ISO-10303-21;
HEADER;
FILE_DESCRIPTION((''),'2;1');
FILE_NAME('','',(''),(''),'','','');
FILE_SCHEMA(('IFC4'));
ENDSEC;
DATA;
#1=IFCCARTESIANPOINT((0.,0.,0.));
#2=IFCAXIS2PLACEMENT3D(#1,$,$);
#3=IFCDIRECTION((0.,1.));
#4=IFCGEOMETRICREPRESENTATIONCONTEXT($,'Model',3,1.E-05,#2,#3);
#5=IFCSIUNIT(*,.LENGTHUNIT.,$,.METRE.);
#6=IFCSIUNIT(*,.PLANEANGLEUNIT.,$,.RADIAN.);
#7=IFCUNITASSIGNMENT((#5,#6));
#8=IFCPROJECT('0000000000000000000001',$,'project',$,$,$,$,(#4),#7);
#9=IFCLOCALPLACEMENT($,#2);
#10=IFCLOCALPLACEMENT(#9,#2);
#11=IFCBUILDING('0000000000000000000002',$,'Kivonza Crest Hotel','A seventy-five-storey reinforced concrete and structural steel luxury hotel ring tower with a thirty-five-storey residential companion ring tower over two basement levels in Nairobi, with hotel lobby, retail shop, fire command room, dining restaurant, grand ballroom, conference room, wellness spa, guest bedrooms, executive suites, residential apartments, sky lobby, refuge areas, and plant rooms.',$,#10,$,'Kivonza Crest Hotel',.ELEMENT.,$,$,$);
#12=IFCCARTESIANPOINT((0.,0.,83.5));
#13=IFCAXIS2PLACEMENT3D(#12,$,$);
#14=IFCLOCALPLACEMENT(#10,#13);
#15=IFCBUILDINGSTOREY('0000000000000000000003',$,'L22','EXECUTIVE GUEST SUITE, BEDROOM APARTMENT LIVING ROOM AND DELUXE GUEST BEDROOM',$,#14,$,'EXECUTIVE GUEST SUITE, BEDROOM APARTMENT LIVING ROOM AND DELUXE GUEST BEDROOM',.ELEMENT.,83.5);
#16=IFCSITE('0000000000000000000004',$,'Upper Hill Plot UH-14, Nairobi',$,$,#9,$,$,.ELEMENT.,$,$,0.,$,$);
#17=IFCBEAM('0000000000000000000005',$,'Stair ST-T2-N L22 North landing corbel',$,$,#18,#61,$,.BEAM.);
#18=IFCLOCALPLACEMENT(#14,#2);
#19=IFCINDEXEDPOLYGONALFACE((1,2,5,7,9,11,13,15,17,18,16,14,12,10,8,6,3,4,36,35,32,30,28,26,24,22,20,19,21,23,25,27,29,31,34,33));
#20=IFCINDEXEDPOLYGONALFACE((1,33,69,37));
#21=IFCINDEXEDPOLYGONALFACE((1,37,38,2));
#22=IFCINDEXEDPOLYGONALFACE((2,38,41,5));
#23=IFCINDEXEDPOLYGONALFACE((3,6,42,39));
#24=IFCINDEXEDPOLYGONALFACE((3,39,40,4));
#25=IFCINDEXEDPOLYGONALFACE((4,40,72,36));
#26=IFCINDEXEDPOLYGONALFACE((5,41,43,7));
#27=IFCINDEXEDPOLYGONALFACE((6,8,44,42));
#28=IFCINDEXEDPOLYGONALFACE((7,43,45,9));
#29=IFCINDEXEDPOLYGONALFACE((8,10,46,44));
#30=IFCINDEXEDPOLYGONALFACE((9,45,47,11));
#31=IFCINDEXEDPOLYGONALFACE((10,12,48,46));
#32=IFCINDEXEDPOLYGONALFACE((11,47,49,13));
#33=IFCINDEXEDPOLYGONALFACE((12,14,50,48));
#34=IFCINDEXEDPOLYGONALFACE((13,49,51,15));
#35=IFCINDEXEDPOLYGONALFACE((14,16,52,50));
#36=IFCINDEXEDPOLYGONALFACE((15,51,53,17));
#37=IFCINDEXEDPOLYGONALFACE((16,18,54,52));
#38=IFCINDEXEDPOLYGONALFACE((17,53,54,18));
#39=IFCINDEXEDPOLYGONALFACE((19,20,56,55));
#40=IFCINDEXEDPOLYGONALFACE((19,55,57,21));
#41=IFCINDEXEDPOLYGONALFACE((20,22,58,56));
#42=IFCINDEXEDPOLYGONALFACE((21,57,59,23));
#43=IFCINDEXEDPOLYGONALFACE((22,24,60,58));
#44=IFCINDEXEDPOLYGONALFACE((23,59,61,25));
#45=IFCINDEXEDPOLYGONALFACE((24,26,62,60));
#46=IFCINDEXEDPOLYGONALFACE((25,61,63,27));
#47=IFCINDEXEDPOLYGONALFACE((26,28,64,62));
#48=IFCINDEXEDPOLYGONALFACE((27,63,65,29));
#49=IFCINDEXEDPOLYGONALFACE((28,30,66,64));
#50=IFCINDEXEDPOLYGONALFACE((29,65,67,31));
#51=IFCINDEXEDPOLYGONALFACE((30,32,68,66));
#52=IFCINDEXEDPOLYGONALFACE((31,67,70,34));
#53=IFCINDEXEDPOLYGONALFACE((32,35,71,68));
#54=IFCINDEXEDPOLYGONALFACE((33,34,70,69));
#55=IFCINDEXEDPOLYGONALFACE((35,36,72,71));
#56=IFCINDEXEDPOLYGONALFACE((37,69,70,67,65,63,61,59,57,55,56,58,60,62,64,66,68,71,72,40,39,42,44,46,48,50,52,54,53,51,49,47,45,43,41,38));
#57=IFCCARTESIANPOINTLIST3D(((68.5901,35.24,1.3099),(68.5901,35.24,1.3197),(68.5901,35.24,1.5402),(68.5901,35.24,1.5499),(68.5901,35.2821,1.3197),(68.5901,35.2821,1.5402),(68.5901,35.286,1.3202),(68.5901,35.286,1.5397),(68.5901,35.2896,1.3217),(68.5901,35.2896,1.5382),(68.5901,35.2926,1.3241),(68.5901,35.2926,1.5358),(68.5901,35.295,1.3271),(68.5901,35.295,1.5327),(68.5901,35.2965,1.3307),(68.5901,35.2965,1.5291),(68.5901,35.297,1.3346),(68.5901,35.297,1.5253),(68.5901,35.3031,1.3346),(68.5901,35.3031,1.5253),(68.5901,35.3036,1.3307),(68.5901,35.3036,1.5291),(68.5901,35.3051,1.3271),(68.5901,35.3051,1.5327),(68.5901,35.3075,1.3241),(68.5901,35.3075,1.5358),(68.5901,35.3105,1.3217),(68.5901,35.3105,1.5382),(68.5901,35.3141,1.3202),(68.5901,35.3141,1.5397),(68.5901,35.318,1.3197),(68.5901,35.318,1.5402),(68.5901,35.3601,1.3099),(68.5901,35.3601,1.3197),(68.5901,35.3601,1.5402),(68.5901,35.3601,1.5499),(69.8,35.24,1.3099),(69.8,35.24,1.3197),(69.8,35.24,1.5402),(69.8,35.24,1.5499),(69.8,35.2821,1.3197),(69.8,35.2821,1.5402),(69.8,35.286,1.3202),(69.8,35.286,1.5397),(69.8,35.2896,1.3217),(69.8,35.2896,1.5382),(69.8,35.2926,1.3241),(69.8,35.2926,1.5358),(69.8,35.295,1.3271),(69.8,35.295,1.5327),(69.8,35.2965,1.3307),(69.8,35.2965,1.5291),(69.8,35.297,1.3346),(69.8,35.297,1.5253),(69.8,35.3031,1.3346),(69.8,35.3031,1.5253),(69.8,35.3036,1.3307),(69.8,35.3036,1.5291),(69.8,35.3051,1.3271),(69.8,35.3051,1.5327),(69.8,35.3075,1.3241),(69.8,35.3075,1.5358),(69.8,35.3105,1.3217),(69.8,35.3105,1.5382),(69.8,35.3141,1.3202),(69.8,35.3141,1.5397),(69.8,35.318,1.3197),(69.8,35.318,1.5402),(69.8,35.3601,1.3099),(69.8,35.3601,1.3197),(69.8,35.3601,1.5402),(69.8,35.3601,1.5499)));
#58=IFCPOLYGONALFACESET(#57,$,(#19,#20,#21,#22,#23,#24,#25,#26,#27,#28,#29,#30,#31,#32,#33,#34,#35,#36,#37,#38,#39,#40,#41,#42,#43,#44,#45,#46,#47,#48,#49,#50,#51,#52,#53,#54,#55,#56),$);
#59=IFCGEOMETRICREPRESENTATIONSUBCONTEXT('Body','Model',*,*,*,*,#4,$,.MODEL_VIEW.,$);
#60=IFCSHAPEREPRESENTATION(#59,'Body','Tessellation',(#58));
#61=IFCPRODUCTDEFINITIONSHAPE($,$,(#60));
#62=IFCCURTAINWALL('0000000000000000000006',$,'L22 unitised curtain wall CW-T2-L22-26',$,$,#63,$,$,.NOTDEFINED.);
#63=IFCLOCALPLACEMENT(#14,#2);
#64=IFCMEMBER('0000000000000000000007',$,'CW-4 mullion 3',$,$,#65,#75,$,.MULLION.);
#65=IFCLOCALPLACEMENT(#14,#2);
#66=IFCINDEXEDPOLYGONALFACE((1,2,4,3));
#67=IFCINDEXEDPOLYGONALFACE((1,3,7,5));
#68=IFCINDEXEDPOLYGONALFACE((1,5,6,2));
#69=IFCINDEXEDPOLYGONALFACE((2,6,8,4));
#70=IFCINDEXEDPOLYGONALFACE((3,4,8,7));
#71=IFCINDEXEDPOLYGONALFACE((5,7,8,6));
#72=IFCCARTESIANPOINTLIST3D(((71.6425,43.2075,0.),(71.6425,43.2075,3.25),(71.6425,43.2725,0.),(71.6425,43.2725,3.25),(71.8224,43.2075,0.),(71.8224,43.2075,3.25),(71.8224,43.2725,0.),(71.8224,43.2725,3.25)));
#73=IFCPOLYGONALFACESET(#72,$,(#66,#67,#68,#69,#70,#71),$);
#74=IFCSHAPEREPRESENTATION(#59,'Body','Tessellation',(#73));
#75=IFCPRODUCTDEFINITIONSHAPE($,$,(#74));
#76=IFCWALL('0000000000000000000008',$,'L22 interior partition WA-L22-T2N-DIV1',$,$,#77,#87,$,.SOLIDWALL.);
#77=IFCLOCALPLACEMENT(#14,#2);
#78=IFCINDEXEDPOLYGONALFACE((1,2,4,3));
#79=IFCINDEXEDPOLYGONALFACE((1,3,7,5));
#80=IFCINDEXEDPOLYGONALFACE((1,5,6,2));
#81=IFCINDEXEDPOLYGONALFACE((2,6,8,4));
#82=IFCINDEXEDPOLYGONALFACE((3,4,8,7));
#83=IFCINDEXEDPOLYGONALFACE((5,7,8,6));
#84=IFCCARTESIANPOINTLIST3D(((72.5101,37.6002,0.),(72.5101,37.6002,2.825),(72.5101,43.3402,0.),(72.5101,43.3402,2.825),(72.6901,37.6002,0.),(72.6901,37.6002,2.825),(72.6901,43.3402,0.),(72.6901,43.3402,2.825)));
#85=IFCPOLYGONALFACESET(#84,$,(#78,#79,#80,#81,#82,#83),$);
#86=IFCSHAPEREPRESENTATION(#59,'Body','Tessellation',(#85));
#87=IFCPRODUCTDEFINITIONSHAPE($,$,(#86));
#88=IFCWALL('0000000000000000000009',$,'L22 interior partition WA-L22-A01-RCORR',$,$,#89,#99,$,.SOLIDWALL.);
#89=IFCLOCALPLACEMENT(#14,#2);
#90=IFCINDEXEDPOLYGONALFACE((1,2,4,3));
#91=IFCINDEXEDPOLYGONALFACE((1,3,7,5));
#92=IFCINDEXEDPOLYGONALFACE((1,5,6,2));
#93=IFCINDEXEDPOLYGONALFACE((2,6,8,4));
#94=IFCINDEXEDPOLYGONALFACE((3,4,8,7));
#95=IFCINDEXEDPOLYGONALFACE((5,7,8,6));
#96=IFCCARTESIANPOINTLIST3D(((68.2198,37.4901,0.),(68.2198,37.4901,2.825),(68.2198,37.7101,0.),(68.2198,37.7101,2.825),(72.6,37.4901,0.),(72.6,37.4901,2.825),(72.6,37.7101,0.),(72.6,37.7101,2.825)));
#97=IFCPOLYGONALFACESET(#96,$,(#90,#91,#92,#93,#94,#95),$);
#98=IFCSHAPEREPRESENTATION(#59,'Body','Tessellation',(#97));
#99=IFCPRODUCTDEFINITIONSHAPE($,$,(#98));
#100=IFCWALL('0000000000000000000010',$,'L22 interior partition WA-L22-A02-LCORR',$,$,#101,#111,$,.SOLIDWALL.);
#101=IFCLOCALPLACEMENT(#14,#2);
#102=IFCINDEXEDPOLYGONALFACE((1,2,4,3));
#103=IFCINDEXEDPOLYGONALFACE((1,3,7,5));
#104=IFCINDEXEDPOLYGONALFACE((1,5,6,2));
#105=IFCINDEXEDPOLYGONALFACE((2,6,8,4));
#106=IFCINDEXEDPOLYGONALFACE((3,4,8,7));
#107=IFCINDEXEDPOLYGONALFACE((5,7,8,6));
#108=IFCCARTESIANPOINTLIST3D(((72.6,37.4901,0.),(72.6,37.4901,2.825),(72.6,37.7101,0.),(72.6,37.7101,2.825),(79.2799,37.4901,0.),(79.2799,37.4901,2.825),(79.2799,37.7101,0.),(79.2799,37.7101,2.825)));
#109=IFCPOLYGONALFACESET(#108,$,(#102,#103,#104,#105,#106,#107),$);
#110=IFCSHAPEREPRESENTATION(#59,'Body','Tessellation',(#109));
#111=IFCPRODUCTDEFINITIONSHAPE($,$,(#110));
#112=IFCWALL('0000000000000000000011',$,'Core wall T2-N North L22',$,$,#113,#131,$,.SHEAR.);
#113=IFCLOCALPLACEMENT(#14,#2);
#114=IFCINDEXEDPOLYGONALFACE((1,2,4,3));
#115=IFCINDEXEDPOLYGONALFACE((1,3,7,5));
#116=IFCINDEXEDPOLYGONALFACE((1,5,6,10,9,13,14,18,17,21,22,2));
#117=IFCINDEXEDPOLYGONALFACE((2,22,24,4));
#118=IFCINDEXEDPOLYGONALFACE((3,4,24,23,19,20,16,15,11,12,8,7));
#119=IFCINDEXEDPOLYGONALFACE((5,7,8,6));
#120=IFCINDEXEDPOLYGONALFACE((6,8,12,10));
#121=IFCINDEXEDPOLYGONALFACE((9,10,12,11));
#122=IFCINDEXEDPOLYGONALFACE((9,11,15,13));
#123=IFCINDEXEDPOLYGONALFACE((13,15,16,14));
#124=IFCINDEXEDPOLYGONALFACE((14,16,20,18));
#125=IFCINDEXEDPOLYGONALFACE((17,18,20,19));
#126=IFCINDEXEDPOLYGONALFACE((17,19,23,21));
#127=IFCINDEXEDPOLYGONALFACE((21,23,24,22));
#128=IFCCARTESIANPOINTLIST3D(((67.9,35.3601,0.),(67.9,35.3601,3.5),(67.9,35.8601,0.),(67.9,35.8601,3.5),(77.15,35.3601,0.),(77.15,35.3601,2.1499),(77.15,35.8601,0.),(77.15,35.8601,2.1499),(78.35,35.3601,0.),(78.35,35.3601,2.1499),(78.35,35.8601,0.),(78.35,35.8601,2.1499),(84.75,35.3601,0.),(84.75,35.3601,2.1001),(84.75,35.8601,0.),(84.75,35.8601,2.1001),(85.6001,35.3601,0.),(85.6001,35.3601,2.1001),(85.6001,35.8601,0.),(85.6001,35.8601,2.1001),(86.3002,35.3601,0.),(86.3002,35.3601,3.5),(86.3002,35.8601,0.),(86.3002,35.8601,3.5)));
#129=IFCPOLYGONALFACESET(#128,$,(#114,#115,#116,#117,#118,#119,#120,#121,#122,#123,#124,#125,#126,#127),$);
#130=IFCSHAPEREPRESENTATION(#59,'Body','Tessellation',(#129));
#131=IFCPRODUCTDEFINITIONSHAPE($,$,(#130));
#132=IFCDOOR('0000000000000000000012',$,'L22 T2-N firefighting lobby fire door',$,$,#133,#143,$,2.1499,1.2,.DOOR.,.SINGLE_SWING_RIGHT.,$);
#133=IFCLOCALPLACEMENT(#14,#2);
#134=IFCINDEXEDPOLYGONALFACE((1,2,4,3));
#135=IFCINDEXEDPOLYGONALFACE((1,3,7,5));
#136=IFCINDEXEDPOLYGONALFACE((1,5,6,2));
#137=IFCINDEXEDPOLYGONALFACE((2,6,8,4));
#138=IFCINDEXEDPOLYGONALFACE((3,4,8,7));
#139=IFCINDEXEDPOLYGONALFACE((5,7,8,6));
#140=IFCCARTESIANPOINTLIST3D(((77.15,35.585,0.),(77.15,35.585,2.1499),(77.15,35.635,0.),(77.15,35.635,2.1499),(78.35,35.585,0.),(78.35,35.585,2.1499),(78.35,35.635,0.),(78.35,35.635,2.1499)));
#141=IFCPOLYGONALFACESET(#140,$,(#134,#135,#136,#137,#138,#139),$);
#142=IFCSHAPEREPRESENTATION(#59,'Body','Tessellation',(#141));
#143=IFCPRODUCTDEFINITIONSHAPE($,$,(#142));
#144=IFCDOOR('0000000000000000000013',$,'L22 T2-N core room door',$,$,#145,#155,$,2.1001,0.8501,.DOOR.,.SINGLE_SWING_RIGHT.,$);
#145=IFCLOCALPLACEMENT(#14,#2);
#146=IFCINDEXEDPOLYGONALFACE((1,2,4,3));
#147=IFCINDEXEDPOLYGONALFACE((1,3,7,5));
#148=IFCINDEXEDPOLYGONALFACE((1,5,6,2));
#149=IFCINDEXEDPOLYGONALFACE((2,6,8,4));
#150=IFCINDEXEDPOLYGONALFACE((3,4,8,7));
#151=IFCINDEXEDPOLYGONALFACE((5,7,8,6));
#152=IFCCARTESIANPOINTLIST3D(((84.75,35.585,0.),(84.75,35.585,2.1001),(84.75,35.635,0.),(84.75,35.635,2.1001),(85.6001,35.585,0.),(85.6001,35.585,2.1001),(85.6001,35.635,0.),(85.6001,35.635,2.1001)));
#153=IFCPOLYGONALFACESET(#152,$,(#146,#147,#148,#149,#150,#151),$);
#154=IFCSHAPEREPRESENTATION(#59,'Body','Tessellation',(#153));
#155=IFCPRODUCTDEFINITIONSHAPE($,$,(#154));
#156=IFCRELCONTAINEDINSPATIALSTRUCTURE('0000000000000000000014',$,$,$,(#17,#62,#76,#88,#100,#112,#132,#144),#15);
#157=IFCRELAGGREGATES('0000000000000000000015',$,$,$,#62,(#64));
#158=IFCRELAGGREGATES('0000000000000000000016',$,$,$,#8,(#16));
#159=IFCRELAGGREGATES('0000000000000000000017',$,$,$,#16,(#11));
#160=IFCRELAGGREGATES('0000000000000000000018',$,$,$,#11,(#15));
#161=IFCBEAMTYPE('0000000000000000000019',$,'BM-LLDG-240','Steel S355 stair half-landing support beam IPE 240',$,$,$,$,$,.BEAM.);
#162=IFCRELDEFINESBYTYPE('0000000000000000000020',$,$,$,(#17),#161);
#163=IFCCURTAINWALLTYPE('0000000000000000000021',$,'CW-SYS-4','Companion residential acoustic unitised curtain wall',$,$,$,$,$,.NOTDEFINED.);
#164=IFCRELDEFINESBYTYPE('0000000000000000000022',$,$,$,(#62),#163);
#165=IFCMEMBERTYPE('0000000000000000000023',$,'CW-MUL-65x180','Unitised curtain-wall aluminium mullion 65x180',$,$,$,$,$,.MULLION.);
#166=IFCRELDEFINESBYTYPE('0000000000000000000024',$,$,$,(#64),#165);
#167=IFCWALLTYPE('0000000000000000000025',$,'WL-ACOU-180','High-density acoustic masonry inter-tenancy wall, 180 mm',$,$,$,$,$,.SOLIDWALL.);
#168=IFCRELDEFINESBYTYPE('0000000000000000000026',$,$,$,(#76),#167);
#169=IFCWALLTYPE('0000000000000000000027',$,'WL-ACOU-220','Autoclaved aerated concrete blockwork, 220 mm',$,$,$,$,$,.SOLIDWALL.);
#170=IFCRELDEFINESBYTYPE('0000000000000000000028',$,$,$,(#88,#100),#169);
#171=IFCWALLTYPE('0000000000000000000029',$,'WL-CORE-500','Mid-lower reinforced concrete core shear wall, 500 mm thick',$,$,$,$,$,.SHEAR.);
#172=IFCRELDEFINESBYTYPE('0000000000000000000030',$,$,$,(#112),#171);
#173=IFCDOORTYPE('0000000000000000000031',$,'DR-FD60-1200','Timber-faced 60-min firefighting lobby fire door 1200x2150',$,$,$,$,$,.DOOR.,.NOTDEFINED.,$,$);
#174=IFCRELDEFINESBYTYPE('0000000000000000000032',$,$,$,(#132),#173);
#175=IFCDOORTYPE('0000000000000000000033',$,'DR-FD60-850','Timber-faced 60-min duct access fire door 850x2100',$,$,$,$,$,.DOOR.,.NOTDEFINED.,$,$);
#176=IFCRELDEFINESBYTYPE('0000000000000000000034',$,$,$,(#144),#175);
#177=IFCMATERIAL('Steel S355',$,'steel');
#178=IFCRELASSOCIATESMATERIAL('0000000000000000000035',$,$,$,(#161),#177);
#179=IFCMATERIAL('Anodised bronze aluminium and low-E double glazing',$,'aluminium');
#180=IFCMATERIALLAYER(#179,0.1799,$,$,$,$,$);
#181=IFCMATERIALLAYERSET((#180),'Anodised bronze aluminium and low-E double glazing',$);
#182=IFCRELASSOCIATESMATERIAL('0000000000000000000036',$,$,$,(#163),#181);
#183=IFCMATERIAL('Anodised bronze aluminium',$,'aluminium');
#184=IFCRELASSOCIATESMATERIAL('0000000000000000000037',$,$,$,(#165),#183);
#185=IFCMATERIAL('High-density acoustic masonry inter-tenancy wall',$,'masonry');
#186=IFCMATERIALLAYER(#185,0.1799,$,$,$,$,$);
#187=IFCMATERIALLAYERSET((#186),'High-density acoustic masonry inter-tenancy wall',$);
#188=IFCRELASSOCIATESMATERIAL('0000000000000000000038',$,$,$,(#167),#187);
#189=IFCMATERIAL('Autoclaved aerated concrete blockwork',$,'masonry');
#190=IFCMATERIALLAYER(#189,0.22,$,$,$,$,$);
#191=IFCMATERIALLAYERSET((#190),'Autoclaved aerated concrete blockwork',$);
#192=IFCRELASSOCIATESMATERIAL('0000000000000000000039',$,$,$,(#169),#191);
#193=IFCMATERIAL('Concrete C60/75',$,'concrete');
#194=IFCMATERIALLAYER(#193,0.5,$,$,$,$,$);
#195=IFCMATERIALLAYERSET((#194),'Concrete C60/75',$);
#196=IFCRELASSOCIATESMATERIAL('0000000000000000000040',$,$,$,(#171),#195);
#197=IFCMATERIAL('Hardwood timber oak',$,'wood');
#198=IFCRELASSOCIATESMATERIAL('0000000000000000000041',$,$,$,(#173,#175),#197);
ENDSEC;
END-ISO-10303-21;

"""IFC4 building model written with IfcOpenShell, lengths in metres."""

from ifc_helpers import new_model, si_unit, direction, frame, frame_2d, origin, origin_2d, place, context, subcontext, project, spatial, rectangle, i_section, extrude, material, layer, layer_set, material_profile, profile_set, type_object, element, fill, aggregate, save


model = new_model("IFC4")

# Units and contexts
model_context = context("Model", 3, precision=1e-05, world=origin(), true_north=direction((0.0, 1.0)))
body_context = subcontext(model_context, "Body", "Model", "MODEL_VIEW")
ifc_project = project(units=[si_unit("LENGTHUNIT", "METRE"), si_unit("PLANEANGLEUNIT", "RADIAN")], contexts=[model_context])

# Site, building, storey
site_placement = place(None, origin())
site = spatial("IfcSite", under=ifc_project, at=site_placement, Name="Upper Hill Plot UH-14, Nairobi", CompositionType="ELEMENT", RefElevation=0.0)
building_placement = place(site_placement, origin())
building = spatial("IfcBuilding", under=site, at=building_placement, Name="Kivonza Crest Hotel", Description="A seventy-five-storey reinforced concrete and structural steel luxury hotel ring tower with a thirty-five-storey residential companion ring tower over two basement levels in Nairobi, with hotel lobby, retail shop, fire command room, dining restaurant, grand ballroom, conference room, wellness spa, guest bedrooms, executive suites, residential apartments, sky lobby, refuge areas, and plant rooms.", LongName="Kivonza Crest Hotel", CompositionType="ELEMENT")
storey_placement = place(building_placement, frame((0.0, 0.0, 83.5)))
storey = spatial("IfcBuildingStorey", under=building, at=storey_placement, Name="L22", Description="EXECUTIVE GUEST SUITE, BEDROOM APARTMENT LIVING ROOM AND DELUXE GUEST BEDROOM", LongName="EXECUTIVE GUEST SUITE, BEDROOM APARTMENT LIVING ROOM AND DELUXE GUEST BEDROOM", CompositionType="ELEMENT", Elevation=83.5)

# Beam
ifc_material_1 = material(Name="Steel S355", Category="steel")
ifc_material_profile_1 = material_profile(ifc_material_1, i_section(OverallWidth=0.1201, OverallDepth=0.24, WebThickness=0.0061, FlangeThickness=0.0098, FilletRadius=0.0149, at=origin_2d()), Name="IPE 240")
ifc_profile_set_1 = profile_set([ifc_material_profile_1], Name="Steel S355")
beam_type_1 = type_object("IfcBeamType", Name="BM-LLDG-240", Description="Steel S355 stair half-landing support beam IPE 240", PredefinedType="BEAM", material=ifc_profile_set_1)
beam_1_placement = place(storey_placement, frame((68.5901, 35.3, 1.4299), z_axis=(1.0, 0.0, 0.0), x_axis=(0.0, 1.0, 0.0)))
element("IfcBeam", 1, at=beam_1_placement, inside=storey, type_object=beam_type_1, Name="Stair ST-T2-N L22 North landing corbel", PredefinedType="BEAM", context=body_context, shape_type="SweptSolid", body=[
    extrude(i_section(OverallWidth=0.1201, OverallDepth=0.24, WebThickness=0.0061, FlangeThickness=0.0098, FilletRadius=0.0149, at=origin_2d()), origin(), (0.0, 0.0, 1.0), 1.21),
])

# Curtain wall, member
ifc_material_2 = material(Name="Anodised bronze aluminium and low-E double glazing", Category="aluminium")
ifc_layer_1 = layer(ifc_material_2, 0.1799)
ifc_layer_set_1 = layer_set([ifc_layer_1], Name="Anodised bronze aluminium and low-E double glazing")
curtain_wall_type = type_object("IfcCurtainWallType", Name="CW-SYS-4", Description="Companion residential acoustic unitised curtain wall", PredefinedType="NOTDEFINED", material=ifc_layer_set_1)
curtain_wall_placement = place(storey_placement, origin())
curtain_wall = element("IfcCurtainWall", 2, at=curtain_wall_placement, inside=storey, type_object=curtain_wall_type, Name="L22 unitised curtain wall CW-T2-L22-26", PredefinedType="NOTDEFINED")
ifc_material_3 = material(Name="Anodised bronze aluminium", Category="aluminium")
ifc_material_profile_2 = material_profile(ifc_material_3, rectangle(XDim=0.0649, YDim=0.1799, at=origin_2d()), Name="CW-M 65x180")
ifc_profile_set_2 = profile_set([ifc_material_profile_2], Name="Anodised bronze aluminium")
member_type = type_object("IfcMemberType", Name="CW-MUL-65x180", Description="Unitised curtain-wall aluminium mullion 65x180", PredefinedType="MULLION", material=ifc_profile_set_2)
member_placement = place(storey_placement, frame((71.7324, 43.24, 0.0), z_axis=(0.0, 0.0, 1.0), x_axis=(0.0, -1.0, 0.0)))
member = element("IfcMember", 3, at=member_placement, type_object=member_type, Name="CW-4 mullion 3", PredefinedType="MULLION", context=body_context, shape_type="SweptSolid", body=[
    extrude(rectangle(XDim=0.0649, YDim=0.1799, at=origin_2d()), origin(), (0.0, 0.0, 1.0), 3.25),
])
aggregate(curtain_wall, [member])

# Walls
ifc_material_4 = material(Name="High-density acoustic masonry inter-tenancy wall", Category="masonry")
ifc_layer_2 = layer(ifc_material_4, 0.1799)
ifc_layer_set_2 = layer_set([ifc_layer_2], Name="High-density acoustic masonry inter-tenancy wall")
wall_type_1 = type_object("IfcWallType", Name="WL-ACOU-180", Description="High-density acoustic masonry inter-tenancy wall, 180 mm", PredefinedType="SOLIDWALL", material=ifc_layer_set_2)
wall_1_placement = place(storey_placement, frame((72.6001, 37.6001, 0.0), z_axis=(0.0, 0.0, 1.0), x_axis=(0.0, 1.0, 0.0)))
element("IfcWall", 4, at=wall_1_placement, inside=storey, type_object=wall_type_1, Name="L22 interior partition WA-L22-T2N-DIV1", PredefinedType="SOLIDWALL", context=body_context, shape_type="SweptSolid", body=[
    extrude(rectangle(XDim=5.74, YDim=0.1799, at=frame_2d((2.8701, 0.0))), origin(), (0.0, 0.0, 1.0), 2.825),
])
ifc_material_5 = material(Name="Autoclaved aerated concrete blockwork", Category="masonry")
ifc_layer_3 = layer(ifc_material_5, 0.22)
ifc_layer_set_3 = layer_set([ifc_layer_3], Name="Autoclaved aerated concrete blockwork")
wall_type_2 = type_object("IfcWallType", Name="WL-ACOU-220", Description="Autoclaved aerated concrete blockwork, 220 mm", PredefinedType="SOLIDWALL", material=ifc_layer_set_3)
wall_2_placement = place(storey_placement, frame((68.22, 37.6001, 0.0), z_axis=(0.0, 0.0, 1.0), x_axis=(1.0, 0.0, 0.0)))
element("IfcWall", 5, at=wall_2_placement, inside=storey, type_object=wall_type_2, Name="L22 interior partition WA-L22-A01-RCORR", PredefinedType="SOLIDWALL", context=body_context, shape_type="SweptSolid", body=[
    extrude(rectangle(XDim=4.3801, YDim=0.22, at=frame_2d((2.1899, 0.0))), origin(), (0.0, 0.0, 1.0), 2.825),
])
wall_3_placement = place(storey_placement, frame((72.6001, 37.6001, 0.0), z_axis=(0.0, 0.0, 1.0), x_axis=(1.0, 0.0, 0.0)))
element("IfcWall", 6, at=wall_3_placement, inside=storey, type_object=wall_type_2, Name="L22 interior partition WA-L22-A02-LCORR", PredefinedType="SOLIDWALL", context=body_context, shape_type="SweptSolid", body=[
    extrude(rectangle(XDim=6.6799, YDim=0.22, at=frame_2d((3.3398, 0.0))), origin(), (0.0, 0.0, 1.0), 2.825),
])

# Wall, openings, doors
ifc_material_6 = material(Name="Concrete C60/75", Category="concrete")
ifc_layer_4 = layer(ifc_material_6, 0.5)
ifc_layer_set_4 = layer_set([ifc_layer_4], Name="Concrete C60/75")
wall_type_3 = type_object("IfcWallType", Name="WL-CORE-500", Description="Mid-lower reinforced concrete core shear wall, 500 mm thick", PredefinedType="SHEAR", material=ifc_layer_set_4)
wall_4_placement = place(storey_placement, frame((67.8999, 35.6101, 0.0), z_axis=(0.0, 0.0, 1.0), x_axis=(1.0, 0.0, 0.0)))
wall_4 = element("IfcWall", 7, at=wall_4_placement, inside=storey, type_object=wall_type_3, Name="Core wall T2-N North L22", PredefinedType="SHEAR", context=body_context, shape_type="SweptSolid", body=[
    extrude(rectangle(XDim=18.4001, YDim=0.5, at=frame_2d((9.2002, 0.0))), origin(), (0.0, 0.0, 1.0), 3.5),
])
opening_1_placement = place(wall_4_placement, frame((9.25, 0.0, 0.0)))
opening_1 = element("IfcOpeningElement", 8, at=opening_1_placement, cuts=wall_4, PredefinedType="OPENING", context=body_context, shape_type="SweptSolid", body=[
    extrude(rectangle(XDim=1.2, YDim=2.1499, at=frame_2d((0.6001, 1.075))), frame((0.0, 0.26, 0.0), z_axis=(0.0, -1.0, 0.0), x_axis=(1.0, 0.0, 0.0)), (0.0, 0.0, 1.0), 0.52),
])
opening_2_placement = place(wall_4_placement, frame((16.8501, 0.0, 0.0)))
opening_2 = element("IfcOpeningElement", 9, at=opening_2_placement, cuts=wall_4, PredefinedType="OPENING", context=body_context, shape_type="SweptSolid", body=[
    extrude(rectangle(XDim=0.8501, YDim=2.1001, at=frame_2d((0.425, 1.05))), frame((0.0, 0.26, 0.0), z_axis=(0.0, -1.0, 0.0), x_axis=(1.0, 0.0, 0.0)), (0.0, 0.0, 1.0), 0.52),
])
ifc_material_7 = material(Name="Hardwood timber oak", Category="wood")
door_type_1 = type_object("IfcDoorType", Name="DR-FD60-1200", Description="Timber-faced 60-min firefighting lobby fire door 1200x2150", OperationType="NOTDEFINED", PredefinedType="DOOR", material=ifc_material_7)
door_1_placement = place(opening_1_placement, origin())
door_1 = element("IfcDoor", 10, at=door_1_placement, inside=storey, type_object=door_type_1, Name="L22 T2-N firefighting lobby fire door", OperationType="SINGLE_SWING_RIGHT", OverallHeight=2.1499, OverallWidth=1.2, PredefinedType="DOOR", context=body_context, shape_type="SweptSolid", body=[
    extrude(rectangle(XDim=1.2, YDim=2.1499, at=frame_2d((0.6001, 1.075))), frame((0.0, 0.0249, 0.0), z_axis=(0.0, -1.0, 0.0), x_axis=(1.0, 0.0, 0.0)), (0.0, 0.0, 1.0), 0.05),
])
fill(opening_1, door_1)
door_type_2 = type_object("IfcDoorType", Name="DR-FD60-850", Description="Timber-faced 60-min duct access fire door 850x2100", OperationType="NOTDEFINED", PredefinedType="DOOR", material=ifc_material_7)
door_2_placement = place(opening_2_placement, origin())
door_2 = element("IfcDoor", 11, at=door_2_placement, inside=storey, type_object=door_type_2, Name="L22 T2-N core room door", OperationType="SINGLE_SWING_RIGHT", OverallHeight=2.1001, OverallWidth=0.8501, PredefinedType="DOOR", context=body_context, shape_type="SweptSolid", body=[
    extrude(rectangle(XDim=0.8501, YDim=2.1001, at=frame_2d((0.425, 1.05))), frame((0.0, 0.0249, 0.0), z_axis=(0.0, -1.0, 0.0), x_axis=(1.0, 0.0, 0.0)), (0.0, 0.0, 1.0), 0.05),
])
fill(opening_2, door_2)

save(model, "model.ifc")
